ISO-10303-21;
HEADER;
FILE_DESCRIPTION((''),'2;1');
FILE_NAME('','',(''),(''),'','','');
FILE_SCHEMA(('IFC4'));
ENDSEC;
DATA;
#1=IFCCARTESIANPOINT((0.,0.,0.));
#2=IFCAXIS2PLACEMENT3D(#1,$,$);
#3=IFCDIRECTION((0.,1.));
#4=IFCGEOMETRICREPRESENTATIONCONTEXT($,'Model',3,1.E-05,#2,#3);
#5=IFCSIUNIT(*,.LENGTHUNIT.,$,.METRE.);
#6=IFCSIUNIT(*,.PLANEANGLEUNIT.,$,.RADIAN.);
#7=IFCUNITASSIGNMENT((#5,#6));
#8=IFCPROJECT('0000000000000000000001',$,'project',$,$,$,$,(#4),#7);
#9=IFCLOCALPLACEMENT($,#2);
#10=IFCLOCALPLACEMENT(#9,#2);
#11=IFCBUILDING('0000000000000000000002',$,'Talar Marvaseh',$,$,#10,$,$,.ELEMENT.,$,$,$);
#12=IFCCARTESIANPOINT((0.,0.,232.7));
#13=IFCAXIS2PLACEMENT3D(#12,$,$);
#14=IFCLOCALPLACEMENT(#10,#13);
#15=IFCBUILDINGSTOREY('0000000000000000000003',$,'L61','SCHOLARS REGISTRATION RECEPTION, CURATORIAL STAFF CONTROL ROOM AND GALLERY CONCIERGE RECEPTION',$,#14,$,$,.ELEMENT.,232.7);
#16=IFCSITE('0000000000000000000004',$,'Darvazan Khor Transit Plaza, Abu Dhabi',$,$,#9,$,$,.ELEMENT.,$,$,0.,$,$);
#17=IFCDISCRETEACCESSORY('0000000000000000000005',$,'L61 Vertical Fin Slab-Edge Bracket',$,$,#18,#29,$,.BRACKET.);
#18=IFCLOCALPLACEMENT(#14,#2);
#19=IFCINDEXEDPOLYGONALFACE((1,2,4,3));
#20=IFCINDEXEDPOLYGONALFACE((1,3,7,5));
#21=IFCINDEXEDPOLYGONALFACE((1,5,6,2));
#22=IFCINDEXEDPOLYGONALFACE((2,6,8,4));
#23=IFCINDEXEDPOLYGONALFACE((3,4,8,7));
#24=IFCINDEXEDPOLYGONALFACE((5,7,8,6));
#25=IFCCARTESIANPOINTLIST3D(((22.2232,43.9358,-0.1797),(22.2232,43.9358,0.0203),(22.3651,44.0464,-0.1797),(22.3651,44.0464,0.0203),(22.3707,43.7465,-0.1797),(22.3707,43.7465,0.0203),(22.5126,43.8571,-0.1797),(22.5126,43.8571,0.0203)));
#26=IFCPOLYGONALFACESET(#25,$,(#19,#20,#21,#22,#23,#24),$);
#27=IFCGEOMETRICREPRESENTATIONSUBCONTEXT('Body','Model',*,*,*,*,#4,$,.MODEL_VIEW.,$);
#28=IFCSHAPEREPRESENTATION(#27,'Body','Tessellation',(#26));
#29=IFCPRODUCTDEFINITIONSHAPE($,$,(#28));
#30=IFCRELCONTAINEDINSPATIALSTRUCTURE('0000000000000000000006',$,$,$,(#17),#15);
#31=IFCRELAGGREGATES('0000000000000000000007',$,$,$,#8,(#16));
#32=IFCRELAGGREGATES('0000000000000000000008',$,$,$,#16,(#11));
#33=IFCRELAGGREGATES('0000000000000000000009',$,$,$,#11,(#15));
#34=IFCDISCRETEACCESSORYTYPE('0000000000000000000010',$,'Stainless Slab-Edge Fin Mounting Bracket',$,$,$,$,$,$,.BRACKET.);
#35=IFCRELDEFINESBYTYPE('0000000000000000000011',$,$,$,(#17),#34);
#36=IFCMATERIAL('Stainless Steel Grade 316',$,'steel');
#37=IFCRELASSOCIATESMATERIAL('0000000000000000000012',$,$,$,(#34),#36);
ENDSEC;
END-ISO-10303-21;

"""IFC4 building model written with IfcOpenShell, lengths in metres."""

from ifc_helpers import new_model, si_unit, direction, frame, origin, origin_2d, place, context, subcontext, project, spatial, rectangle, extrude, source, transform, mapped, material, type_object, type_shapes, element, save


model = new_model("IFC4")

# Units and contexts
model_context = context("Model", 3, precision=1e-05, world=origin(), true_north=direction((0.0, 1.0)))
body_context = subcontext(model_context, "Body", "Model", "MODEL_VIEW")
ifc_project = project(units=[si_unit("LENGTHUNIT", "METRE"), si_unit("PLANEANGLEUNIT", "RADIAN")], contexts=[model_context])

# Site, building, storey
site_placement = place(None, origin())
site = spatial("IfcSite", under=ifc_project, at=site_placement, Name="Darvazan Khor Transit Plaza, Abu Dhabi", CompositionType="ELEMENT", RefElevation=0.0)
building_placement = place(site_placement, origin())
building = spatial("IfcBuilding", under=site, at=building_placement, Name="Talar Marvaseh", CompositionType="ELEMENT")
storey_placement = place(building_placement, frame((0.0, 0.0, 232.7)))
storey = spatial("IfcBuildingStorey", under=building, at=storey_placement, Name="L61", Description="SCHOLARS REGISTRATION RECEPTION, CURATORIAL STAFF CONTROL ROOM AND GALLERY CONCIERGE RECEPTION", CompositionType="ELEMENT", Elevation=232.7)

# Discrete accessory
ifc_material_1 = material(Name="Stainless Steel Grade 316", Category="steel")
discrete_accessory_type = type_object("IfcDiscreteAccessoryType", Name="Stainless Slab-Edge Fin Mounting Bracket", PredefinedType="BRACKET", material=ifc_material_1)
shared_shape_1 = source(origin(), body_context, "Body", "SweptSolid", [
    extrude(rectangle(XDim=0.24, YDim=0.1799, at=origin_2d()), origin(), (0.0, 0.0, 1.0), 0.2),
])
type_shapes(discrete_accessory_type, [shared_shape_1])
discrete_accessory_placement = place(storey_placement, frame((22.3679, 43.8965, -0.1797), z_axis=(0.0, 0.0, 1.0), x_axis=(-0.614698, 0.788762, 0.0)))
element("IfcDiscreteAccessory", 1, at=discrete_accessory_placement, inside=storey, type_object=discrete_accessory_type, Name="L61 Vertical Fin Slab-Edge Bracket", PredefinedType="BRACKET", context=body_context, shape_type="MappedRepresentation", body=[
    mapped(shared_shape_1, transform((0.0, 0.0, 0.0), x_axis=(1.0, 0.0, 0.0), y_axis=(0.0, 1.0, 0.0), z_axis=(0.0, 0.0, 1.0), scale=1.0)),
])

save(model, "model.ifc")
